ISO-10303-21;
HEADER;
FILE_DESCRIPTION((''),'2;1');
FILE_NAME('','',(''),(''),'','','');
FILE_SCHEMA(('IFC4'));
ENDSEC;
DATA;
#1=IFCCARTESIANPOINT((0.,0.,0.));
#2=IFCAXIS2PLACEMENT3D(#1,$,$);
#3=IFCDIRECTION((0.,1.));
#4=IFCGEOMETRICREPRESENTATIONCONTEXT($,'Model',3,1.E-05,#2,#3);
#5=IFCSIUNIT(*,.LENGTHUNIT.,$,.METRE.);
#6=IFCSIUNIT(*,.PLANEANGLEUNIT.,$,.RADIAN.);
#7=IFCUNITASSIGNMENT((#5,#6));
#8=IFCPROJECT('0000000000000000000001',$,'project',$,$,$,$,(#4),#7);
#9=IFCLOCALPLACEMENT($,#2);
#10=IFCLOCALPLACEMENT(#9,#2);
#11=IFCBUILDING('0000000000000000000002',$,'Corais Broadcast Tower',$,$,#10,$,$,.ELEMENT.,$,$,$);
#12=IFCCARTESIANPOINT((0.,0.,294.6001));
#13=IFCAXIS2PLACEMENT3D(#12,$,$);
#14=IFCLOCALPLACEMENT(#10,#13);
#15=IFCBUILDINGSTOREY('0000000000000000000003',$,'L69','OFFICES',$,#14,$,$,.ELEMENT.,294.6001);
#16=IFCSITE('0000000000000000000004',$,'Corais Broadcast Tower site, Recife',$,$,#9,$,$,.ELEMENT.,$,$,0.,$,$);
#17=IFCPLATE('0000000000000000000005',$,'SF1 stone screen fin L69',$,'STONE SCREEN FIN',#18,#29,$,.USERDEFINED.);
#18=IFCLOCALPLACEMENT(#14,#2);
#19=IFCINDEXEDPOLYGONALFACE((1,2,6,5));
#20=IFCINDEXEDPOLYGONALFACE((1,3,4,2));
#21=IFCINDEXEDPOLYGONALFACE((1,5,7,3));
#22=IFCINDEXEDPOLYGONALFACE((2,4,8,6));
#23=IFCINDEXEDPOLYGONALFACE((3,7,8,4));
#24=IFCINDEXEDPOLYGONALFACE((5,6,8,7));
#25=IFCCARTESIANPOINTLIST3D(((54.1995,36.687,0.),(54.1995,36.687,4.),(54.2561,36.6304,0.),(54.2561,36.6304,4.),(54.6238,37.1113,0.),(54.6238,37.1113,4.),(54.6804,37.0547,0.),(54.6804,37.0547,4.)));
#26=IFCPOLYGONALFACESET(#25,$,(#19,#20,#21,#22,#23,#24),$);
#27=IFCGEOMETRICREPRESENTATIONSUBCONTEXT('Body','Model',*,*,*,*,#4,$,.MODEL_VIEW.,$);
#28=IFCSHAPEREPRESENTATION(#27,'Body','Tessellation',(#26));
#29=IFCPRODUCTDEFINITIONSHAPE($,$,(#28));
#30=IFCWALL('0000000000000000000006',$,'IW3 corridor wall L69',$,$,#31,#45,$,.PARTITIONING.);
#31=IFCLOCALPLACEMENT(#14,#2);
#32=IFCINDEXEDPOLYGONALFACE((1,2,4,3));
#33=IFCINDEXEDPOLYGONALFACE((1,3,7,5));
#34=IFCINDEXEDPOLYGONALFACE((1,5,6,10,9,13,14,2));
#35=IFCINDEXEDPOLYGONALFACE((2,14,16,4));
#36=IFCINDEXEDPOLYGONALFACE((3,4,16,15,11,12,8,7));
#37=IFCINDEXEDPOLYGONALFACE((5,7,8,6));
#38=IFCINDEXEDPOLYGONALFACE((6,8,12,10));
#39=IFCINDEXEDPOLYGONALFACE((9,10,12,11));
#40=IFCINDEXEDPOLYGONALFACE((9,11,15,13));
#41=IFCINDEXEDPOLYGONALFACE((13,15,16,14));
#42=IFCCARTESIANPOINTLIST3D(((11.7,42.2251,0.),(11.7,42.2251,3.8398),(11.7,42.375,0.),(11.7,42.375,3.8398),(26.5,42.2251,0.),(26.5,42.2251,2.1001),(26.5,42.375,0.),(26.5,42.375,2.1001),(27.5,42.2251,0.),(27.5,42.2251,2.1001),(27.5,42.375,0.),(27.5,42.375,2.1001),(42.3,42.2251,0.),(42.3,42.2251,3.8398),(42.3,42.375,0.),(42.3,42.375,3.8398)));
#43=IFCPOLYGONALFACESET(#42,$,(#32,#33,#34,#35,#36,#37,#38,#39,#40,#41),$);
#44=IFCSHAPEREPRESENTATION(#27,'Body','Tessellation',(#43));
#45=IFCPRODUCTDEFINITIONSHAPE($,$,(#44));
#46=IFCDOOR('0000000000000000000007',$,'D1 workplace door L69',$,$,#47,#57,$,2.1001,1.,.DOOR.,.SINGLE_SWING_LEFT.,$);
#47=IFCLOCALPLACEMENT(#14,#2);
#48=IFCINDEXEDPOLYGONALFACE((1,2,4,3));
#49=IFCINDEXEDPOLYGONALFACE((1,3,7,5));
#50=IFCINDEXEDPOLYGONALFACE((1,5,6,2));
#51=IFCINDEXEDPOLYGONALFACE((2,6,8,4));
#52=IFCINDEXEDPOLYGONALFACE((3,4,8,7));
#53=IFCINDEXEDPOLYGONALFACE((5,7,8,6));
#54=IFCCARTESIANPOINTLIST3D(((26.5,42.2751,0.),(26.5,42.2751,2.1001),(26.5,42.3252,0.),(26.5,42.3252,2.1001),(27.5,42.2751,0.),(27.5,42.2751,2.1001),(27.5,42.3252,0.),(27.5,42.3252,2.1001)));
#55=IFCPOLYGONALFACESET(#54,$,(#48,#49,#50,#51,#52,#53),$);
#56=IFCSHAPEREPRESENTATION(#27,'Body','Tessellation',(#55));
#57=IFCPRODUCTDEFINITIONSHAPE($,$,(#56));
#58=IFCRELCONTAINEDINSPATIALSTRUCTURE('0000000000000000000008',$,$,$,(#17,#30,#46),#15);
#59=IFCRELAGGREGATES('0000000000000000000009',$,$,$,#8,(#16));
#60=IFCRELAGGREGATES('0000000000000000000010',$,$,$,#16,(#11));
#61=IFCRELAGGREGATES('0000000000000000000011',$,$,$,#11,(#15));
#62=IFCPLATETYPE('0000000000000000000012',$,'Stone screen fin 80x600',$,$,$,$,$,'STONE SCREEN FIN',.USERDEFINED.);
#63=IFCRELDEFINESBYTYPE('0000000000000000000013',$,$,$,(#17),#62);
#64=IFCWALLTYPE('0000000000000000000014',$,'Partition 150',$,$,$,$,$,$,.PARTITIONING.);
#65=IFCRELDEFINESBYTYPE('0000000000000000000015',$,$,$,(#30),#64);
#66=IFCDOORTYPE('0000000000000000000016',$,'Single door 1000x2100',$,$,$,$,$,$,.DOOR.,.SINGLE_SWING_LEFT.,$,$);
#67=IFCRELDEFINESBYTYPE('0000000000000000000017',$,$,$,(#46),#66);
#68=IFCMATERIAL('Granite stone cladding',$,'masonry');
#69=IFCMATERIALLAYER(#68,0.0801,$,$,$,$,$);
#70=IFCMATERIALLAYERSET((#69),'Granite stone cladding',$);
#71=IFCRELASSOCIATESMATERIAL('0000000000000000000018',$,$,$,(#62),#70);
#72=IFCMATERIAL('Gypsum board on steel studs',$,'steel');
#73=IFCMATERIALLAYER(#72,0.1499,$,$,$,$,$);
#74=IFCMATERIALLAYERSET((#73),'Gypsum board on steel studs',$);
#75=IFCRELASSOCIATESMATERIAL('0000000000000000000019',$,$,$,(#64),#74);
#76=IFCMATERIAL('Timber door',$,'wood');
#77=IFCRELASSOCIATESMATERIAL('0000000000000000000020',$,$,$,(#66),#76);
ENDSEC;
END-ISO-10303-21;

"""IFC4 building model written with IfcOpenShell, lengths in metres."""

from ifc_helpers import new_model, si_unit, direction, frame, frame_2d, origin, origin_2d, place, context, subcontext, project, spatial, rectangle, extrude, material, layer, layer_set, type_object, element, fill, save


model = new_model("IFC4")

# Units and contexts
model_context = context("Model", 3, precision=1e-05, world=origin(), true_north=direction((0.0, 1.0)))
body_context = subcontext(model_context, "Body", "Model", "MODEL_VIEW")
ifc_project = project(units=[si_unit("LENGTHUNIT", "METRE"), si_unit("PLANEANGLEUNIT", "RADIAN")], contexts=[model_context])

# Site, building, storey
site_placement = place(None, origin())
site = spatial("IfcSite", under=ifc_project, at=site_placement, Name="Corais Broadcast Tower site, Recife", CompositionType="ELEMENT", RefElevation=0.0)
building_placement = place(site_placement, origin())
building = spatial("IfcBuilding", under=site, at=building_placement, Name="Corais Broadcast Tower", CompositionType="ELEMENT")
storey_placement = place(building_placement, frame((0.0, 0.0, 294.6001)))
storey = spatial("IfcBuildingStorey", under=building, at=storey_placement, Name="L69", Description="OFFICES", CompositionType="ELEMENT", Elevation=294.6001)

# Plate
ifc_material_1 = material(Name="Granite stone cladding", Category="masonry")
ifc_layer_1 = layer(ifc_material_1, 0.0801)
ifc_layer_set_1 = layer_set([ifc_layer_1], Name="Granite stone cladding")
plate_type_1 = type_object("IfcPlateType", Name="Stone screen fin 80x600", ElementType="STONE SCREEN FIN", PredefinedType="USERDEFINED", material=ifc_layer_set_1)
for number, where, z_axis, x_axis, name in (
    (1, (54.4399, 36.8708, 0.0), (0.0, 0.0, 1.0), (0.707107, -0.707107, 0.0), "SF1 stone screen fin L69"),
):
    element("IfcPlate", number, at=place(storey_placement, frame(where, z_axis=z_axis, x_axis=x_axis)), inside=storey, type_object=plate_type_1, Name=name, ObjectType="STONE SCREEN FIN", PredefinedType="USERDEFINED", context=body_context, shape_type="SweptSolid", body=[
        extrude(rectangle(XDim=0.0801, YDim=0.6001, at=origin_2d()), origin(), (0.0, 0.0, 1.0), 4.0),
    ])

# Wall, opening, door
ifc_material_2 = material(Name="Gypsum board on steel studs", Category="steel")
ifc_layer_2 = layer(ifc_material_2, 0.1499)
ifc_layer_set_2 = layer_set([ifc_layer_2], Name="Gypsum board on steel studs")
wall_type = type_object("IfcWallType", Name="Partition 150", PredefinedType="PARTITIONING", material=ifc_layer_set_2)
wall_placement = place(storey_placement, frame((42.3, 42.3, 0.0), z_axis=(0.0, 0.0, 1.0), x_axis=(-1.0, 0.0, 0.0)))
wall = element("IfcWall", 2, at=wall_placement, inside=storey, type_object=wall_type, Name="IW3 corridor wall L69", PredefinedType="PARTITIONING", context=body_context, shape_type="SweptSolid", body=[
    extrude(rectangle(XDim=30.6001, YDim=0.1499, at=frame_2d((15.3, 0.0))), origin(), (0.0, 0.0, 1.0), 3.8398),
])
opening_placement = place(wall_placement, frame((14.8, 0.0, 0.0)))
opening = element("IfcOpeningElement", 3, at=opening_placement, cuts=wall, PredefinedType="OPENING", context=body_context, shape_type="SweptSolid", body=[
    extrude(rectangle(XDim=1.0, YDim=2.1001, at=frame_2d((0.5, 1.05))), frame((0.0, 0.085, 0.0), z_axis=(0.0, -1.0, 0.0), x_axis=(1.0, 0.0, 0.0)), (0.0, 0.0, 1.0), 0.1699),
])
ifc_material_3 = material(Name="Timber door", Category="wood")
door_type = type_object("IfcDoorType", Name="Single door 1000x2100", OperationType="SINGLE_SWING_LEFT", PredefinedType="DOOR", material=ifc_material_3)
door_placement = place(opening_placement, origin())
door = element("IfcDoor", 4, at=door_placement, inside=storey, type_object=door_type, Name="D1 workplace door L69", OperationType="SINGLE_SWING_LEFT", OverallHeight=2.1001, OverallWidth=1.0, PredefinedType="DOOR", context=body_context, shape_type="SweptSolid", body=[
    extrude(rectangle(XDim=1.0, YDim=2.1001, at=frame_2d((0.5, 1.05))), frame((0.0, 0.0249, 0.0), z_axis=(0.0, -1.0, 0.0), x_axis=(1.0, 0.0, 0.0)), (0.0, 0.0, 1.0), 0.05),
])
fill(opening, door)

save(model, "model.ifc")
